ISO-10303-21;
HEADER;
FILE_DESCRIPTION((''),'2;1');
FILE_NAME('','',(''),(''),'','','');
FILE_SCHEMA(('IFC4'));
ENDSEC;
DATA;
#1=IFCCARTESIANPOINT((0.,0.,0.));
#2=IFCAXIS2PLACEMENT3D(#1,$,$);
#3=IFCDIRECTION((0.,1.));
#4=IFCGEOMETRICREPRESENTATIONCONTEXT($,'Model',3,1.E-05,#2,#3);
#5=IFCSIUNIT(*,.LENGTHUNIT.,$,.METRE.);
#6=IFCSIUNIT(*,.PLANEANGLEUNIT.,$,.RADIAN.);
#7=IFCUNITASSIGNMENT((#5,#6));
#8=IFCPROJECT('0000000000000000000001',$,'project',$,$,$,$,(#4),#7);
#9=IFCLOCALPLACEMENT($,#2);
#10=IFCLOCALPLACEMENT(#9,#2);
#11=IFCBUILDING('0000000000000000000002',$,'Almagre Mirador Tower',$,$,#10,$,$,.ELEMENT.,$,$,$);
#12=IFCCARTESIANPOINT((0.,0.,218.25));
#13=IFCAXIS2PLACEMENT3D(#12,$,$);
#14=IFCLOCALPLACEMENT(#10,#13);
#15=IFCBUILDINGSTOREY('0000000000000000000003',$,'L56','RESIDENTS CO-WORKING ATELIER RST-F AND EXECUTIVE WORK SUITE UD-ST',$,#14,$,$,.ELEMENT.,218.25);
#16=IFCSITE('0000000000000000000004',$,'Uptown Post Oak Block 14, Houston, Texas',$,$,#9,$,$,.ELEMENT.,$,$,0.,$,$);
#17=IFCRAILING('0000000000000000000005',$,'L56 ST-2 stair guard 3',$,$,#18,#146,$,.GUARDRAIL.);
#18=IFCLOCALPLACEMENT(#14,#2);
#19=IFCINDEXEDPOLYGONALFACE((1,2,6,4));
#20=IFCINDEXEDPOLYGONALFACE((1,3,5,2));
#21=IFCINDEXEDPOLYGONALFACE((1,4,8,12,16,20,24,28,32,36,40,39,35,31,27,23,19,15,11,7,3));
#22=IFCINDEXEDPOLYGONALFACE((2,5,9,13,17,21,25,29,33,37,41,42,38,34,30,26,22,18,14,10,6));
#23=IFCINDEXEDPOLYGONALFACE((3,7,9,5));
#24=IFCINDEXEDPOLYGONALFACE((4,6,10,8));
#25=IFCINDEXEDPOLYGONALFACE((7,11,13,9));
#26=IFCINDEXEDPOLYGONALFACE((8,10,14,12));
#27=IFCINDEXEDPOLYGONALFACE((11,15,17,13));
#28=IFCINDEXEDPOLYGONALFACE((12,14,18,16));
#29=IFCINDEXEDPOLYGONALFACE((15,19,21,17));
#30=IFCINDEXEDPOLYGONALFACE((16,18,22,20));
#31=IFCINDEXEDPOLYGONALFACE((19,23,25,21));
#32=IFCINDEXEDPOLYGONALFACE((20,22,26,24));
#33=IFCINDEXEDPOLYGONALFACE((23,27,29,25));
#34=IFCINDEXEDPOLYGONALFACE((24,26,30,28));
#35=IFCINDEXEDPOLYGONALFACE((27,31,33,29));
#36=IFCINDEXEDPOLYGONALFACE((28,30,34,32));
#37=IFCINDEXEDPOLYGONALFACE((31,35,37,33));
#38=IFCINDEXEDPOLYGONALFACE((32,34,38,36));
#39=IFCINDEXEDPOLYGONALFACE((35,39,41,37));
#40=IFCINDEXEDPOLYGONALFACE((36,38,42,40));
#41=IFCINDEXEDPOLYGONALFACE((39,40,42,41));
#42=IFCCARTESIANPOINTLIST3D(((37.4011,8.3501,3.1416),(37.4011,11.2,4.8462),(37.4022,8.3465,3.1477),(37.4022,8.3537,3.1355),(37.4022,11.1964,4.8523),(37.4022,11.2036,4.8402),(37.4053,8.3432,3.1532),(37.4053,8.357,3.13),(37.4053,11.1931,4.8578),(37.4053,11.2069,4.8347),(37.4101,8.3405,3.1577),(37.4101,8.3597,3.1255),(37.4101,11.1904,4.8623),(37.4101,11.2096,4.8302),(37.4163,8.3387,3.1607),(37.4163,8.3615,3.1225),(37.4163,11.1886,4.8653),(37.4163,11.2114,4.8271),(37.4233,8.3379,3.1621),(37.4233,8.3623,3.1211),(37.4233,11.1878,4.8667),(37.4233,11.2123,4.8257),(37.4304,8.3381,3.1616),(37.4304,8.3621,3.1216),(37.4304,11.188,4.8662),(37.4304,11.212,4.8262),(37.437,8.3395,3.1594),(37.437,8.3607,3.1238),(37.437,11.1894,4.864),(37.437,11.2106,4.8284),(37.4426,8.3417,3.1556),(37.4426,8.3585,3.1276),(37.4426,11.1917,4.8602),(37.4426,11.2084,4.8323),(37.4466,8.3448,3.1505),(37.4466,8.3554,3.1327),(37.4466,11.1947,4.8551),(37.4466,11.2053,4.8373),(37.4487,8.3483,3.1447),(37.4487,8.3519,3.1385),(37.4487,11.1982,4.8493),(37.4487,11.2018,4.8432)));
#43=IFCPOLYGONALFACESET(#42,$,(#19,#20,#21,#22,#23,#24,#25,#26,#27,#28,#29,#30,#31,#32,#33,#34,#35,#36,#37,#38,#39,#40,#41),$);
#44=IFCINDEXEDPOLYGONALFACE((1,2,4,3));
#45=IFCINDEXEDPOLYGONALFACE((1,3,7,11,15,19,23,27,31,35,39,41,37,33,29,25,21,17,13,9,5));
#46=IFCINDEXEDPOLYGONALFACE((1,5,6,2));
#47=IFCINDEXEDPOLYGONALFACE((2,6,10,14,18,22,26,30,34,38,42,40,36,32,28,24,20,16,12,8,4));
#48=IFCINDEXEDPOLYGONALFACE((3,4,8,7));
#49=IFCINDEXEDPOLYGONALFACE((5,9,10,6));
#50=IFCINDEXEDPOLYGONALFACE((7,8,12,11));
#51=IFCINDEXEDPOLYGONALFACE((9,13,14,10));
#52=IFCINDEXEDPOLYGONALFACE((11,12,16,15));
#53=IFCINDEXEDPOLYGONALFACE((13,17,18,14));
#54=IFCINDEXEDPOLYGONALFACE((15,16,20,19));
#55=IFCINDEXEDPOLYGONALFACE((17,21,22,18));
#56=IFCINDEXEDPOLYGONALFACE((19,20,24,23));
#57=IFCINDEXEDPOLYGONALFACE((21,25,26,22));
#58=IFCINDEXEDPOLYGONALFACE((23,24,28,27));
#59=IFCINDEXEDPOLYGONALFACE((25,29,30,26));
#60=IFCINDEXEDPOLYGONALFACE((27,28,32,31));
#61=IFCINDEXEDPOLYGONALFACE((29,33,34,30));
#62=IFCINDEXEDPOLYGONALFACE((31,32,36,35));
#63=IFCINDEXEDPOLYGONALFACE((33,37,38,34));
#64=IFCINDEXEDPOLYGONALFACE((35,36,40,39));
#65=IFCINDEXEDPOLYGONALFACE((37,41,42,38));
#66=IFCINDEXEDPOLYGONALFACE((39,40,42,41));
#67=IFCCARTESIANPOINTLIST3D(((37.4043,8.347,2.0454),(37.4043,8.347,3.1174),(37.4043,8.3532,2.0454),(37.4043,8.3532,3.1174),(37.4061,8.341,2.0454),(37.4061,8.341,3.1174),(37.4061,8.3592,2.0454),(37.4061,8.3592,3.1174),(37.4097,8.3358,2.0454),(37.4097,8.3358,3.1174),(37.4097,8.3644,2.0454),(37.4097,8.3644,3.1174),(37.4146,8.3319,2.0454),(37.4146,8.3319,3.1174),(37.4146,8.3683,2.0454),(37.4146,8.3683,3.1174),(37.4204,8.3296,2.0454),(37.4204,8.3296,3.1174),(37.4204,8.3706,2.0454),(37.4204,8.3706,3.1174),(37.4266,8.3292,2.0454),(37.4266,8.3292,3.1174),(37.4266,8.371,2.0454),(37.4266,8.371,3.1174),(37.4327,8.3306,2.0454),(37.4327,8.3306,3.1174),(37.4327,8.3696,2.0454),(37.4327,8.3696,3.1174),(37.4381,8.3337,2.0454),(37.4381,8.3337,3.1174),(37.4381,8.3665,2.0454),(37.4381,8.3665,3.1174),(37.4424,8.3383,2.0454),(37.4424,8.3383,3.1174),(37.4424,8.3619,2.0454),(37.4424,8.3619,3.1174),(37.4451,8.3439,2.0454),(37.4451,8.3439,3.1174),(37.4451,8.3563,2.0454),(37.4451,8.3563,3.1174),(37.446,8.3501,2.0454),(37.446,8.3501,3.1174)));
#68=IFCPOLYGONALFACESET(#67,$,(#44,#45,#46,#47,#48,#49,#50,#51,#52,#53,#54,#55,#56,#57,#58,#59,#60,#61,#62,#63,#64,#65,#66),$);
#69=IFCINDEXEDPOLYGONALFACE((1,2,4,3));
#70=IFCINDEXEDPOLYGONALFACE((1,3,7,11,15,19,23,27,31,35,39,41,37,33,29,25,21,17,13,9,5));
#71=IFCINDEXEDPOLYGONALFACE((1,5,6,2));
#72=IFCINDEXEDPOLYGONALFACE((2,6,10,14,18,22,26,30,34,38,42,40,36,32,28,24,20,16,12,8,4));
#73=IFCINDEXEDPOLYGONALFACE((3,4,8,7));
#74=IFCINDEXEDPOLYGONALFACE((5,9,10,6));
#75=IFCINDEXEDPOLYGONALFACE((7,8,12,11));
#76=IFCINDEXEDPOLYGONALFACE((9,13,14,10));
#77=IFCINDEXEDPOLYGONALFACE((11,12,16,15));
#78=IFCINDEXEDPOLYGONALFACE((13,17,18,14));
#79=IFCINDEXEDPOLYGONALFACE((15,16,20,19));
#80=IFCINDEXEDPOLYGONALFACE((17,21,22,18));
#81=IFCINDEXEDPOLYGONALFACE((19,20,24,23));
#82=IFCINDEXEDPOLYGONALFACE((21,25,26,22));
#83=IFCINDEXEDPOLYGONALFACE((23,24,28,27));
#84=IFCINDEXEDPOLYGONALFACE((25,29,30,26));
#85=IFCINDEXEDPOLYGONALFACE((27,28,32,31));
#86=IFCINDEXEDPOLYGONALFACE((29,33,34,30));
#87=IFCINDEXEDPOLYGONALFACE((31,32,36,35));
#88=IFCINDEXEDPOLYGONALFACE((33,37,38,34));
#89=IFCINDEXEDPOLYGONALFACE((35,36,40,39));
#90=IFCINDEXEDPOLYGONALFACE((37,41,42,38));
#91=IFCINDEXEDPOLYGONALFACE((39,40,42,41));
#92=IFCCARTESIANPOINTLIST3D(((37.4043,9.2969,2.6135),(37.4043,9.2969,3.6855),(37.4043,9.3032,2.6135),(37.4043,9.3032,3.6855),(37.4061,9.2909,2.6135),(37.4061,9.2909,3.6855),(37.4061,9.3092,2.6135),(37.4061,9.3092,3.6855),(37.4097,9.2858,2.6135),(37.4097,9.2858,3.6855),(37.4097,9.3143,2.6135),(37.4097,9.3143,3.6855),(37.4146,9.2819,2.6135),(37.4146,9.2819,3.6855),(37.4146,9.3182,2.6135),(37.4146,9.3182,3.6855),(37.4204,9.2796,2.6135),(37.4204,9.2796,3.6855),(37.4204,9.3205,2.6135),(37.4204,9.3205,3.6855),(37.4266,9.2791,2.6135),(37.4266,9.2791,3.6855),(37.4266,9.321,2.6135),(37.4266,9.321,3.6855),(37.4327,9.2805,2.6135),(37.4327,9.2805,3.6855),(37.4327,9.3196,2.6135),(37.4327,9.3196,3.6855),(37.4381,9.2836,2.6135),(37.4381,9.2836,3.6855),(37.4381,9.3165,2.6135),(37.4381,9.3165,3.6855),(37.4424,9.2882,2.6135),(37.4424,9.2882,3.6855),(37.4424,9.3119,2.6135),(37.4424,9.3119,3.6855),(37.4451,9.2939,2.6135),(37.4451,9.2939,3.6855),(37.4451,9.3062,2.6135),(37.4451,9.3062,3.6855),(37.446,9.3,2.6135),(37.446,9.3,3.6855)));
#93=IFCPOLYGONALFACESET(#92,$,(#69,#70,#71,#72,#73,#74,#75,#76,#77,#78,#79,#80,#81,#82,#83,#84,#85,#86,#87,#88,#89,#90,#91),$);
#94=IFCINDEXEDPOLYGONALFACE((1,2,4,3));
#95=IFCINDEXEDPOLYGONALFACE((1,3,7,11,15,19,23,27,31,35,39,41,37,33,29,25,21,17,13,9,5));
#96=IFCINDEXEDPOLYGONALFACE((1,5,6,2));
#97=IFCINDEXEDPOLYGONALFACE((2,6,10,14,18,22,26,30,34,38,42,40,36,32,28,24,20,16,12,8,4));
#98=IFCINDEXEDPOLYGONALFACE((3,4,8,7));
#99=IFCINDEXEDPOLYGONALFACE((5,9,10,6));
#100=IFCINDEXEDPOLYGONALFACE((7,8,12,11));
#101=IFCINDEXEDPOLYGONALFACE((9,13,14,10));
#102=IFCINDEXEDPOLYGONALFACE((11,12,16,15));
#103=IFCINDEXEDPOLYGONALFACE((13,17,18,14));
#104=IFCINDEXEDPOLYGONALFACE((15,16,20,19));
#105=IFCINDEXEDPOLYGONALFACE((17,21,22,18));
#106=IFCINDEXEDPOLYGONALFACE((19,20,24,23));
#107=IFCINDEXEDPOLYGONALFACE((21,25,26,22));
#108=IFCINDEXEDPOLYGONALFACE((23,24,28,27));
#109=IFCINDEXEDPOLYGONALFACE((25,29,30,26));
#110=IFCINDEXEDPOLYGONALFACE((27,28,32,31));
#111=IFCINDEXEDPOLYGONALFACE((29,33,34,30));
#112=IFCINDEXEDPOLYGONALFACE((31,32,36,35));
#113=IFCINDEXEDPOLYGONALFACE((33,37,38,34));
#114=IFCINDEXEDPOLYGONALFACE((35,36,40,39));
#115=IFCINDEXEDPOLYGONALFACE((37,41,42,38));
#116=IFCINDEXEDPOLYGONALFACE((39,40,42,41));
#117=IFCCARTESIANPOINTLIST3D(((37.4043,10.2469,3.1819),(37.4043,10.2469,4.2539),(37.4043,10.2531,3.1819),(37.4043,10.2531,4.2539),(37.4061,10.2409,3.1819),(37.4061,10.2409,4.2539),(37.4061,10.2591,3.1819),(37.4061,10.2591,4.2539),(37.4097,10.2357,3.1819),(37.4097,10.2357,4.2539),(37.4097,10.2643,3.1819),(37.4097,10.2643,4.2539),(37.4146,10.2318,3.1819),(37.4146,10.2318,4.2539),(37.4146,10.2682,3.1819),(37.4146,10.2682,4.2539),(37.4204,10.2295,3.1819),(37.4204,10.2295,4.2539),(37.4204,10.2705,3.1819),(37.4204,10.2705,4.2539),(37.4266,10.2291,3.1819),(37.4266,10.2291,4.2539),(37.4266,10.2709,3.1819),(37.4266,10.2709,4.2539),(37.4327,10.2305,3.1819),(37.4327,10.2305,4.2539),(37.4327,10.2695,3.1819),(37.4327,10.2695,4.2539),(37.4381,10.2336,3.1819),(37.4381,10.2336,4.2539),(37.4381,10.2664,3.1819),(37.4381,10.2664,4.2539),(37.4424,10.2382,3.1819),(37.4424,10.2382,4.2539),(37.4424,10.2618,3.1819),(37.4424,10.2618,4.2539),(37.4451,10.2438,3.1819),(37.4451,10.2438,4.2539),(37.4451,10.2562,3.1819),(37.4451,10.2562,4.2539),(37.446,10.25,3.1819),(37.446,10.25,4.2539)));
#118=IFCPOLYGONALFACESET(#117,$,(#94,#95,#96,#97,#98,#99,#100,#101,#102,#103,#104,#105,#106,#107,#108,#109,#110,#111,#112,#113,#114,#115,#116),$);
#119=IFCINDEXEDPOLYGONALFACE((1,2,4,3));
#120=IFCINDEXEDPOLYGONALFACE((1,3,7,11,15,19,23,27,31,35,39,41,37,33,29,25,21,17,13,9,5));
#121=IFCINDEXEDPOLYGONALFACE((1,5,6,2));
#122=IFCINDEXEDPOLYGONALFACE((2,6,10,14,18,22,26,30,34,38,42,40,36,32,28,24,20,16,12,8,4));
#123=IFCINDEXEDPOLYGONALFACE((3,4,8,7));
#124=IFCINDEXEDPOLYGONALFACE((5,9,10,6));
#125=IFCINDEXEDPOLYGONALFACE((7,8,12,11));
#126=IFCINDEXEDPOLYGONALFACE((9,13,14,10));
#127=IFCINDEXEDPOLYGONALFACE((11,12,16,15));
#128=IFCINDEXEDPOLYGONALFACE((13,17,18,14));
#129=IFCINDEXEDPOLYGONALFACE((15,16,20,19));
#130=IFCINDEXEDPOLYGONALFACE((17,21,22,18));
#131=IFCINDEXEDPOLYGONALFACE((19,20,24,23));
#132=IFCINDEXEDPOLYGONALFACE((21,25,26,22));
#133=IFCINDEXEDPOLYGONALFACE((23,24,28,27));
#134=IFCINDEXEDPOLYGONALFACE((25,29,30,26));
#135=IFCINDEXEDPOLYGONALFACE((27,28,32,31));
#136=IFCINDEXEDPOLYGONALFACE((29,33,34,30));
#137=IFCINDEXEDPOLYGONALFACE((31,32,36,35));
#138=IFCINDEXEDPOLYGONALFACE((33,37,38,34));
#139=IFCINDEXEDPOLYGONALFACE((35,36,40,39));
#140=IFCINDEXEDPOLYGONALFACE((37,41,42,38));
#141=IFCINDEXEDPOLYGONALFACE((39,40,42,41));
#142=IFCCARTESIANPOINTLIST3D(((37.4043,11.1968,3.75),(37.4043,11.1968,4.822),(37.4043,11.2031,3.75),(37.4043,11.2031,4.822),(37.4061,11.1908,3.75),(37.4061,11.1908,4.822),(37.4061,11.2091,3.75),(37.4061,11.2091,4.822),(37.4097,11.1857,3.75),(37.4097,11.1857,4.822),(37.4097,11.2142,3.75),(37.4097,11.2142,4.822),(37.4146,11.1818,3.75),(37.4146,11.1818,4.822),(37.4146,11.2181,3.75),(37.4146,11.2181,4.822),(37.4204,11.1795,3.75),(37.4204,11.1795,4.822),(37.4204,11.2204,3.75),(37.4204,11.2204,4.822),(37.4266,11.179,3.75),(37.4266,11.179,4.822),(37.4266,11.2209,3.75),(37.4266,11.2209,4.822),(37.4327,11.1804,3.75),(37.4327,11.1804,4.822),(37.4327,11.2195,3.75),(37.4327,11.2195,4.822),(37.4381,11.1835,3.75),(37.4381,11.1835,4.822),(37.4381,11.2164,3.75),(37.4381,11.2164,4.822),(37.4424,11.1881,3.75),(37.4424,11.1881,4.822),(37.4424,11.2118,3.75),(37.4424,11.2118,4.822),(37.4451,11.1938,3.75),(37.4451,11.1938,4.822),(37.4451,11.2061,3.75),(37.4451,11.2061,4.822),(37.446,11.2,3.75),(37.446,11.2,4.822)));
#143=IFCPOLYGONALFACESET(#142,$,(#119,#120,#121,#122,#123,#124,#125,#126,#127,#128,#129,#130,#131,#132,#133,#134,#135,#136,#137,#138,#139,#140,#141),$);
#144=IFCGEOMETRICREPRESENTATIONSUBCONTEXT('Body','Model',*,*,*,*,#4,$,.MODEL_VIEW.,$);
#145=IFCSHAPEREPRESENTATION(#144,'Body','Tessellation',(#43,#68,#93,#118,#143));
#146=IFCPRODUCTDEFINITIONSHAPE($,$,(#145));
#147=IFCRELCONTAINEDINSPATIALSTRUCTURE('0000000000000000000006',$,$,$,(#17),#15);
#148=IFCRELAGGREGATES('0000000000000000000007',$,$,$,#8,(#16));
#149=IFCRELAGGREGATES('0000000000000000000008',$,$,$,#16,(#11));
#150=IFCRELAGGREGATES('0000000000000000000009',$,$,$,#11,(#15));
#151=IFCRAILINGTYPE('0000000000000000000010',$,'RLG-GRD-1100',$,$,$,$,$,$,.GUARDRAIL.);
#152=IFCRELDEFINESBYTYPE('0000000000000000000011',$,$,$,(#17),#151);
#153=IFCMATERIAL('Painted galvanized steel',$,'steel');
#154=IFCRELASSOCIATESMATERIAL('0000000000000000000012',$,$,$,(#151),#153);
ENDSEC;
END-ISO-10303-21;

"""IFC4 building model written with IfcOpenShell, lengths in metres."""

from ifc_helpers import new_model, si_unit, direction, frame, origin, origin_2d, place, context, subcontext, project, spatial, circle, extrude, material, type_object, element, save


model = new_model("IFC4")

# Units and contexts
model_context = context("Model", 3, precision=1e-05, world=origin(), true_north=direction((0.0, 1.0)))
body_context = subcontext(model_context, "Body", "Model", "MODEL_VIEW")
ifc_project = project(units=[si_unit("LENGTHUNIT", "METRE"), si_unit("PLANEANGLEUNIT", "RADIAN")], contexts=[model_context])

# Site, building, storey
site_placement = place(None, origin())
site = spatial("IfcSite", under=ifc_project, at=site_placement, Name="Uptown Post Oak Block 14, Houston, Texas", CompositionType="ELEMENT", RefElevation=0.0)
building_placement = place(site_placement, origin())
building = spatial("IfcBuilding", under=site, at=building_placement, Name="Almagre Mirador Tower", CompositionType="ELEMENT")
storey_placement = place(building_placement, frame((0.0, 0.0, 218.25)))
storey = spatial("IfcBuildingStorey", under=building, at=storey_placement, Name="L56", Description="RESIDENTS CO-WORKING ATELIER RST-F AND EXECUTIVE WORK SUITE UD-ST", CompositionType="ELEMENT", Elevation=218.25)

# Railing
ifc_material_1 = material(Name="Painted galvanized steel", Category="steel")
railing_type_1 = type_object("IfcRailingType", Name="RLG-GRD-1100", PredefinedType="GUARDRAIL", material=ifc_material_1)
railing_1_placement = place(storey_placement, frame((37.425, 8.3501, 2.0454)))
element("IfcRailing", 1, at=railing_1_placement, inside=storey, type_object=railing_type_1, Name="L56 ST-2 stair guard 3", PredefinedType="GUARDRAIL", context=body_context, shape_type="SweptSolid", body=[
    extrude(circle(Radius=0.0239, at=origin_2d()), frame((0.0, 0.0, 1.0962), z_axis=(0.0, 0.858199, 0.513317), x_axis=(-1.0, 0.0, 0.0)), (0.0, 0.0, 1.0), 3.3208),
    extrude(circle(Radius=0.021, at=origin_2d()), origin(), (0.0, 0.0, 1.0), 1.072),
    extrude(circle(Radius=0.021, at=origin_2d()), frame((0.0, 0.95, 0.5681)), (0.0, 0.0, 1.0), 1.072),
    extrude(circle(Radius=0.021, at=origin_2d()), frame((0.0, 1.8999, 1.1365)), (0.0, 0.0, 1.0), 1.072),
    extrude(circle(Radius=0.021, at=origin_2d()), frame((0.0, 2.8499, 1.7046)), (0.0, 0.0, 1.0), 1.072),
])

save(model, "model.ifc")
